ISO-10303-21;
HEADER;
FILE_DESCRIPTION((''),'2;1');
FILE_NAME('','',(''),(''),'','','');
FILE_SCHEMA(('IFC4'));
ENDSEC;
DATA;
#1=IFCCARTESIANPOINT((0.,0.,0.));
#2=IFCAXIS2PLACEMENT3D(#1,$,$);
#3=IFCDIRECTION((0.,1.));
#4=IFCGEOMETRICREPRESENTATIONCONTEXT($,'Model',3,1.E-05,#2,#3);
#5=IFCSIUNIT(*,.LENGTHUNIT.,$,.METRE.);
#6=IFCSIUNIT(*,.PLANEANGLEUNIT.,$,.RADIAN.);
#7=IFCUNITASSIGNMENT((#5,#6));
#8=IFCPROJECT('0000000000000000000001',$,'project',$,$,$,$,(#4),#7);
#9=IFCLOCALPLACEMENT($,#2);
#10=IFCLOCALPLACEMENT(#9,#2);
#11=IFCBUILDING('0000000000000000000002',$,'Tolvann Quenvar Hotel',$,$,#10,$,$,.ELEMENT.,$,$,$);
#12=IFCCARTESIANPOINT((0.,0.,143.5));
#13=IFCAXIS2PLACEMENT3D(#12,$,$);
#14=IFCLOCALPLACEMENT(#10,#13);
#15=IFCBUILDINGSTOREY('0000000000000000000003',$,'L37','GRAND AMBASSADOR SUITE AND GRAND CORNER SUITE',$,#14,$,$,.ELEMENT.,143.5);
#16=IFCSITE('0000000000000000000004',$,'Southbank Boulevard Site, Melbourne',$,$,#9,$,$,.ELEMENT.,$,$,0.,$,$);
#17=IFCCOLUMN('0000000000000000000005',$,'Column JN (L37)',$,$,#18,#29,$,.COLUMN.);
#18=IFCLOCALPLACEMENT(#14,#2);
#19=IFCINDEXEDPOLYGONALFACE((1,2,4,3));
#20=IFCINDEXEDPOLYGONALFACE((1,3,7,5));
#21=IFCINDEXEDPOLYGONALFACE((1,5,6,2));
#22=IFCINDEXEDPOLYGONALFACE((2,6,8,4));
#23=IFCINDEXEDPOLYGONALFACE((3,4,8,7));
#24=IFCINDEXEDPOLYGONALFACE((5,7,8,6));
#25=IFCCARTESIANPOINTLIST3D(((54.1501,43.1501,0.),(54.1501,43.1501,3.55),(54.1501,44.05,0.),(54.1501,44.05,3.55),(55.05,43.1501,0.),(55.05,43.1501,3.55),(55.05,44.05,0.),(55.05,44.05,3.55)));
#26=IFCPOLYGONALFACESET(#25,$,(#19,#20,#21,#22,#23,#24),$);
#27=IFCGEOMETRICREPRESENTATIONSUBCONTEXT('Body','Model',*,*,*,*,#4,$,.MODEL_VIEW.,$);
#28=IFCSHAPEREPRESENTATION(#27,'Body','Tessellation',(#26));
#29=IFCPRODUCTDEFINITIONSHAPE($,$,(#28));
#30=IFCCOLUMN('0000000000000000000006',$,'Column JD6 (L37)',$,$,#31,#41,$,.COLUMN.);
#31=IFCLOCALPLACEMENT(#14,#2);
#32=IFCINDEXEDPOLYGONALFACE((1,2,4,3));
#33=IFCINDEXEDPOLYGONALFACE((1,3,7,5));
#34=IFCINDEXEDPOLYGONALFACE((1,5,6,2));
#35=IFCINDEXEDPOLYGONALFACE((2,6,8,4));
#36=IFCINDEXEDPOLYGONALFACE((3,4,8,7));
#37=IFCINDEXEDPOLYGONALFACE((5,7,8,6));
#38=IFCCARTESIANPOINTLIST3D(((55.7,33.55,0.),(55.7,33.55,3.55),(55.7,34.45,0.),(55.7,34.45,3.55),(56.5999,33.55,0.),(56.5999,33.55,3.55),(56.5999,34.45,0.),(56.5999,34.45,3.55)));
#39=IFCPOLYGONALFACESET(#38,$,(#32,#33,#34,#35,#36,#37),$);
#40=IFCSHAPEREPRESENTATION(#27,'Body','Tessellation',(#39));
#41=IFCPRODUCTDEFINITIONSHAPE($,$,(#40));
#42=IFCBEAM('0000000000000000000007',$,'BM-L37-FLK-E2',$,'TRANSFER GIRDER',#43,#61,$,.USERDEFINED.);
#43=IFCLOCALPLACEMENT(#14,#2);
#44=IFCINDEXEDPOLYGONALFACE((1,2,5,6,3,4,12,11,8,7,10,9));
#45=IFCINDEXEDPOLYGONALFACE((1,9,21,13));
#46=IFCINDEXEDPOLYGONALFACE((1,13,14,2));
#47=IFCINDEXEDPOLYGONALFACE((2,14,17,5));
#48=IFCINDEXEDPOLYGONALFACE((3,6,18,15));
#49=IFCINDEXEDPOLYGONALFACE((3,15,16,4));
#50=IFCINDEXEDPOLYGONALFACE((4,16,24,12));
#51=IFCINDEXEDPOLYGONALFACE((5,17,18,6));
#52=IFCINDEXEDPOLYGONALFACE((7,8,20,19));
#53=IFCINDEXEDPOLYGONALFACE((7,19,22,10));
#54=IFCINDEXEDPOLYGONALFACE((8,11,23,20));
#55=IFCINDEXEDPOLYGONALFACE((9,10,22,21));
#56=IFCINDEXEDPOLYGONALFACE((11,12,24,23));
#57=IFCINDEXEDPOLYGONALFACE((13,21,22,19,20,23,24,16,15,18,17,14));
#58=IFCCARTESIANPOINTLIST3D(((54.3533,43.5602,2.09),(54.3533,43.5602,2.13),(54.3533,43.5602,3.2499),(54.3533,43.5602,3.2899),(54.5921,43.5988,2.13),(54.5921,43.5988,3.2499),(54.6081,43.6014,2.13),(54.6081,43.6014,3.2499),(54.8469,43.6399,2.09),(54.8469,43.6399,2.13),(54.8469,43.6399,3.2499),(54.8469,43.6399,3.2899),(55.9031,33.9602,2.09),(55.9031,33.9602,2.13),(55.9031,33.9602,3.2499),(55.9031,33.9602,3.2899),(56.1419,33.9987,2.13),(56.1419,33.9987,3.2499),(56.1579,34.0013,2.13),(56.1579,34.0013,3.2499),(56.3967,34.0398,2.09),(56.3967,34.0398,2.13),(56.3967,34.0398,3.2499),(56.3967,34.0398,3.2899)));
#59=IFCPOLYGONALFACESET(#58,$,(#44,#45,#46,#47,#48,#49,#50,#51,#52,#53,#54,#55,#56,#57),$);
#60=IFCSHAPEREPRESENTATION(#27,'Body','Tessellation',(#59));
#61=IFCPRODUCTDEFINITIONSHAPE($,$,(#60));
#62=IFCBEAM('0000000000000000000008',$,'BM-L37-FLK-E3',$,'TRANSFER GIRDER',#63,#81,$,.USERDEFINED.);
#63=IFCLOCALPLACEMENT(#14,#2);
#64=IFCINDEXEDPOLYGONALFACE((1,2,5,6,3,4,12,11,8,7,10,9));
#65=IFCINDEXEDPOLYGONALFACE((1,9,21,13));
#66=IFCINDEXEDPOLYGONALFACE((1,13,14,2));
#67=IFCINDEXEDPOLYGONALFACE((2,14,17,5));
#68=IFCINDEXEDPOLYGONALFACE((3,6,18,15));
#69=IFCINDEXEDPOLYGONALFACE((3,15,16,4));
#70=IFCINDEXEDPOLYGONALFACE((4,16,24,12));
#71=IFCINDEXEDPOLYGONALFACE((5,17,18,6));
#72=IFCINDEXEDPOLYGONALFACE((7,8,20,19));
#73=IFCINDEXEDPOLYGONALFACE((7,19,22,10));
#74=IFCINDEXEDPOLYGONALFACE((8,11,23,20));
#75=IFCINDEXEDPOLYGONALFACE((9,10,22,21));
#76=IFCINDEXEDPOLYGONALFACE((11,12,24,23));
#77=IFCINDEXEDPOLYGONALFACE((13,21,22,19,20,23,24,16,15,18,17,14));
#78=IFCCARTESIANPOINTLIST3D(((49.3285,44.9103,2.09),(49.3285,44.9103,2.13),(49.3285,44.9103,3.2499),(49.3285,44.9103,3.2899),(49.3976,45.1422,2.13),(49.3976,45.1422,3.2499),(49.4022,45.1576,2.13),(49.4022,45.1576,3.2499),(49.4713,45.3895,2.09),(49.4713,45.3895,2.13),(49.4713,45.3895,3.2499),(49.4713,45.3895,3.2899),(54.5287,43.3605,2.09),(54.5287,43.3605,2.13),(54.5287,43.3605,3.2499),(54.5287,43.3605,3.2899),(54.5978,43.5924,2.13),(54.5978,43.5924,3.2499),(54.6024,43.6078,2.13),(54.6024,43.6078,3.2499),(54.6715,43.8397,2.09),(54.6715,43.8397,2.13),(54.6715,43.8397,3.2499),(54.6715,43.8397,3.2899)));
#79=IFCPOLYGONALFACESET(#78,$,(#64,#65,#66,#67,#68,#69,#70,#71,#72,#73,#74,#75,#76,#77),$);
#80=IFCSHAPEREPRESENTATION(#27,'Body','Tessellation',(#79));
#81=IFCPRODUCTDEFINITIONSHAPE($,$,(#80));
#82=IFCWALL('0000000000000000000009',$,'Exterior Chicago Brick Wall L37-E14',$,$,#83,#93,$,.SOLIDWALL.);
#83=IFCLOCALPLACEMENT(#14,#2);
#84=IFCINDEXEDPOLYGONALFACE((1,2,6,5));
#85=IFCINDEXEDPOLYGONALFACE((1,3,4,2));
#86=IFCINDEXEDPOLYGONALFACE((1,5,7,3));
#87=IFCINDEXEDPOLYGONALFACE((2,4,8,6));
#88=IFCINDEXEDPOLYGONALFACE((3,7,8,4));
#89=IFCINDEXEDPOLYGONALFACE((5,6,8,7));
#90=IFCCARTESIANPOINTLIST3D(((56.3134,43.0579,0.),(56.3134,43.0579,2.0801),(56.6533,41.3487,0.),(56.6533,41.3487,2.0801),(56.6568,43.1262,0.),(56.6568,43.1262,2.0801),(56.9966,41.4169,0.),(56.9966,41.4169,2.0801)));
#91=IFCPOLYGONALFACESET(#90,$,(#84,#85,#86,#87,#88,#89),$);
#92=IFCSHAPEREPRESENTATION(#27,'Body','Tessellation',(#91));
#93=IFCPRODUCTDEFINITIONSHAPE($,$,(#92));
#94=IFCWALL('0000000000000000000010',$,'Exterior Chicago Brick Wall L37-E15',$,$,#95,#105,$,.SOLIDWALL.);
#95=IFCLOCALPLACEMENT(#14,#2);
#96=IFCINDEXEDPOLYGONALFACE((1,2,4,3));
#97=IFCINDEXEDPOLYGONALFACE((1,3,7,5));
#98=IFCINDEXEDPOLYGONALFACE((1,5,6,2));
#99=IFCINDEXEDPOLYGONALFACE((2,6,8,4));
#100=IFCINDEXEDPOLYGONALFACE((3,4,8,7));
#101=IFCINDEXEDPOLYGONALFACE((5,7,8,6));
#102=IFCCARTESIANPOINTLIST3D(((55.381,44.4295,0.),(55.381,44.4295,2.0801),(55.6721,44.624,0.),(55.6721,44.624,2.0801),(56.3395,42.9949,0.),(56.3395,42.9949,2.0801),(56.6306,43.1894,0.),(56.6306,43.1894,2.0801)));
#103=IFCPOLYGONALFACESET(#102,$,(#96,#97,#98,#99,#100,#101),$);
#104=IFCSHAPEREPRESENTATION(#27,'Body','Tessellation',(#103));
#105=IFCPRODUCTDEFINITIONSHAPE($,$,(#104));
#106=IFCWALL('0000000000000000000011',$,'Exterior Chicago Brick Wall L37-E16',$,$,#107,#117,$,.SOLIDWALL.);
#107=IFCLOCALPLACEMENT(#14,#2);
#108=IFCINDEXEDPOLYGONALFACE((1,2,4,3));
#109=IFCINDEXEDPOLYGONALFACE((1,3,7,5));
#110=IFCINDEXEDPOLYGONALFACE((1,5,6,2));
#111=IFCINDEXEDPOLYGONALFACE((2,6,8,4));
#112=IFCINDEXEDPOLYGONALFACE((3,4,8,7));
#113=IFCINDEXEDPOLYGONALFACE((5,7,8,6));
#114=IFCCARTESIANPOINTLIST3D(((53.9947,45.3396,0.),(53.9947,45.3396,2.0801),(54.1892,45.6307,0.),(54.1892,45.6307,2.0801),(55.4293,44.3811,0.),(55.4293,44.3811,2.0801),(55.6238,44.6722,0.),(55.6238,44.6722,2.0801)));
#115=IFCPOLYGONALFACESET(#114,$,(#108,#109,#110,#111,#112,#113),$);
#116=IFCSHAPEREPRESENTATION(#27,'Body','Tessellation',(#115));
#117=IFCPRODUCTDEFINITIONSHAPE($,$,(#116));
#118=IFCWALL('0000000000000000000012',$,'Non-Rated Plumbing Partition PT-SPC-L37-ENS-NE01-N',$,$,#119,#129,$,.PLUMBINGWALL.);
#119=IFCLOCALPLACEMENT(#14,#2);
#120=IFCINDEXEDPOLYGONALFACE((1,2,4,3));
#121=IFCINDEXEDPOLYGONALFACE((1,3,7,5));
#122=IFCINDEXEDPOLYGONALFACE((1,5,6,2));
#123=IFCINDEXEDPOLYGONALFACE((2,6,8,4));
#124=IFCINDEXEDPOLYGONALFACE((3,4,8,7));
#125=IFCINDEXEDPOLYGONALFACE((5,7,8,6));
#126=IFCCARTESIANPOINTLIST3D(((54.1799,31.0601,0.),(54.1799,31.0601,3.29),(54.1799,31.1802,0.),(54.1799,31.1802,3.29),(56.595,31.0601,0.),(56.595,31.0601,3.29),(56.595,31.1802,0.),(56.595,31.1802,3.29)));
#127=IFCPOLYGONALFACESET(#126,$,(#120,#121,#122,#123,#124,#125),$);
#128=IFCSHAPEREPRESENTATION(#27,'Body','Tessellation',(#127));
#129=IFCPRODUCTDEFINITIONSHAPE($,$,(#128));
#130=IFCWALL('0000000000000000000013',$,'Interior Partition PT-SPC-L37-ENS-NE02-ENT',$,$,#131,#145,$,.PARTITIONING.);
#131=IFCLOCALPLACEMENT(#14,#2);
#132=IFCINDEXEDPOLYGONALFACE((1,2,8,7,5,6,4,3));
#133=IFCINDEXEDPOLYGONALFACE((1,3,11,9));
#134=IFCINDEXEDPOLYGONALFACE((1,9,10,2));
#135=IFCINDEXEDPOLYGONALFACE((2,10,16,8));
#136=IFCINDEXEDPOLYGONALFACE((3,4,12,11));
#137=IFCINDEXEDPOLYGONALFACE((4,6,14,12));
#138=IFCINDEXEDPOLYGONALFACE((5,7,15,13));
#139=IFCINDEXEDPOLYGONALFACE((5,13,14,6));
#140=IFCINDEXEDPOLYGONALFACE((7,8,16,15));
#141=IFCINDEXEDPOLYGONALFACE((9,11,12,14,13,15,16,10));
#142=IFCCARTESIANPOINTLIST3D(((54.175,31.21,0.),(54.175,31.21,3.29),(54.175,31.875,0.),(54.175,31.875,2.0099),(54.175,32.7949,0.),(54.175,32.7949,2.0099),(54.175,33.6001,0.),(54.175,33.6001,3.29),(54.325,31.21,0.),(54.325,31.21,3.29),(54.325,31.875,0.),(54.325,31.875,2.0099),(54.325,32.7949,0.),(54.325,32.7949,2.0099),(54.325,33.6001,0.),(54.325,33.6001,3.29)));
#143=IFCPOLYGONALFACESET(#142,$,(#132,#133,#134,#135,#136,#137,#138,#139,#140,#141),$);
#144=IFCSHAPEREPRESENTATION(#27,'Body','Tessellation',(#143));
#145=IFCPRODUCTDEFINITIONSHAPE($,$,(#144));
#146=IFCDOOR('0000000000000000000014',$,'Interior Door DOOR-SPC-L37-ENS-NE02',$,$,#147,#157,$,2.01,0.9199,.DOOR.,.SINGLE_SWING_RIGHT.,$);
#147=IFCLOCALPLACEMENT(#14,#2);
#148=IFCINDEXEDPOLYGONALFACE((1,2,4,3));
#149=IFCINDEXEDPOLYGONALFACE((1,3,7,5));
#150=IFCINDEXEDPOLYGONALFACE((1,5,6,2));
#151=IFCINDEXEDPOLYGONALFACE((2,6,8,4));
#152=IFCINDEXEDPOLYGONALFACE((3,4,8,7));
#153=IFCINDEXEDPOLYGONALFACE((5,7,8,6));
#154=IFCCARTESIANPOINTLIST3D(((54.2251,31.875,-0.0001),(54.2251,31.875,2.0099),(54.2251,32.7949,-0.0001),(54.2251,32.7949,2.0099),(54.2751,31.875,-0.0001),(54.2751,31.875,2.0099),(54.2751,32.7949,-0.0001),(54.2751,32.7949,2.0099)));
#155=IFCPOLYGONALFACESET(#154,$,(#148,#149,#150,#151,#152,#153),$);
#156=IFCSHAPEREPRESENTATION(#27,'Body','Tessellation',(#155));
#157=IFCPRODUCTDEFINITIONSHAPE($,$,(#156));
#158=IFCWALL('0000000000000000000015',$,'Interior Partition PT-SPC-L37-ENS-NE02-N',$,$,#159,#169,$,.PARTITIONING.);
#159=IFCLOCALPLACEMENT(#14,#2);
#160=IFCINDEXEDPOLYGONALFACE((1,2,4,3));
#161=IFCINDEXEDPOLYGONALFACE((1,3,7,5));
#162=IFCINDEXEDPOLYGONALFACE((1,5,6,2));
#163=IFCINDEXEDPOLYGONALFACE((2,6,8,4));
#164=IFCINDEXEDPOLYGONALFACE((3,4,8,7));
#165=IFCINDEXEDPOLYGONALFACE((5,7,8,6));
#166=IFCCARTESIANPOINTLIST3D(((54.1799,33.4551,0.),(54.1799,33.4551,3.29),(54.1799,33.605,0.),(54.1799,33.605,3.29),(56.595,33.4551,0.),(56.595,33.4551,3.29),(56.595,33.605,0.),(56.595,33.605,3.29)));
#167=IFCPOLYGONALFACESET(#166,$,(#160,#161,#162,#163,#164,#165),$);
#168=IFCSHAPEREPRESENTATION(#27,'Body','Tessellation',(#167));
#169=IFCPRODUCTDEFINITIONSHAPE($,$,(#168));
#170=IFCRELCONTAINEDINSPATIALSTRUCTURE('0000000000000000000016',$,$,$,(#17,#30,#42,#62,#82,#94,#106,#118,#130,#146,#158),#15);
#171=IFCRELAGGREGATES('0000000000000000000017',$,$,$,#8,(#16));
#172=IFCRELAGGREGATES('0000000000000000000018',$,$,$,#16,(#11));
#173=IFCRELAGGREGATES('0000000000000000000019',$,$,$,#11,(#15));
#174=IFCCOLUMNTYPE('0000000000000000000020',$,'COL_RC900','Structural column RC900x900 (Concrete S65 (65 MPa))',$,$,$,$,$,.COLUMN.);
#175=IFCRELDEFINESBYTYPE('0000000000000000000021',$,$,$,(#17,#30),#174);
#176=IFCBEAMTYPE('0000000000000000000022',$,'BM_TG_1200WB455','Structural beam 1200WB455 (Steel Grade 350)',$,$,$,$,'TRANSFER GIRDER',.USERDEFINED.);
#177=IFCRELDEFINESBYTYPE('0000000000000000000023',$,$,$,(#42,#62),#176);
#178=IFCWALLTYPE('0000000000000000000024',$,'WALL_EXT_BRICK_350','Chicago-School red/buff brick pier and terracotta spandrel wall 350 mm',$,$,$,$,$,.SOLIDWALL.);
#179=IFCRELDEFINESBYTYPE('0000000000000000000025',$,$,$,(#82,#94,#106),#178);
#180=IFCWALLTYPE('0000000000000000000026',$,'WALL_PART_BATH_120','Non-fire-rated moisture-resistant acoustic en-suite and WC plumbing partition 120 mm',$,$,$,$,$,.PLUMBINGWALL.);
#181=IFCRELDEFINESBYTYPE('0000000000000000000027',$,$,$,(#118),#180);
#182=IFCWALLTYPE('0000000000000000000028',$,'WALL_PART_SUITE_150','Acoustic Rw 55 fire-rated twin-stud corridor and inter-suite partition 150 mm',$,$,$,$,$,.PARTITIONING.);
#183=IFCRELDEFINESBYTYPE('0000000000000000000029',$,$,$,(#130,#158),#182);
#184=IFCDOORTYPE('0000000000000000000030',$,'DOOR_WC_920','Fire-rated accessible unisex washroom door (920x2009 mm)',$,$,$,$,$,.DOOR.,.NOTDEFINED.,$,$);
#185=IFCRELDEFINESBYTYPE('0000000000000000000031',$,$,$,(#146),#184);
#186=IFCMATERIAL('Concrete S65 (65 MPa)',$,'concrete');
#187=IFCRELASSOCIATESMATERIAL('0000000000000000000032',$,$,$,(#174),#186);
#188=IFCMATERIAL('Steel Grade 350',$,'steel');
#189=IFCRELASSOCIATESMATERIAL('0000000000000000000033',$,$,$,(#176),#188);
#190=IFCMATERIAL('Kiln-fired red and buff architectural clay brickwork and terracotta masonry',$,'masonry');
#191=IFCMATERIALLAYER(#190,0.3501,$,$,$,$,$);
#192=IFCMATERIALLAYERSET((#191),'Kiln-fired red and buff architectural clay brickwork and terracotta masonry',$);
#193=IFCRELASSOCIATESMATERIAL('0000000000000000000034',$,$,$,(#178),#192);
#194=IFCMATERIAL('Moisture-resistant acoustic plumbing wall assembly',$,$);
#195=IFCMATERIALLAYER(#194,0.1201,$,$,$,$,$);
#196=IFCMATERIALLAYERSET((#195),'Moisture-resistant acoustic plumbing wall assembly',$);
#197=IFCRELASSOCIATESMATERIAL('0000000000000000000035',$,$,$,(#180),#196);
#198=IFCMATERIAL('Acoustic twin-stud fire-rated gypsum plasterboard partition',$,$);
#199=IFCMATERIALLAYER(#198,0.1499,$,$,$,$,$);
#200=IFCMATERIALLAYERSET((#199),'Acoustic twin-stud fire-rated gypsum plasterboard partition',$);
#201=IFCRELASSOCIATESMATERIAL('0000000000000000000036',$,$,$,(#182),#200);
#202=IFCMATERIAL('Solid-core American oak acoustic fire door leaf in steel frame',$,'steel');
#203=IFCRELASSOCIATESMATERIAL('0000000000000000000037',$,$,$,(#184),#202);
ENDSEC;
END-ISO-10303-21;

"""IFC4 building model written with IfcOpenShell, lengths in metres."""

from ifc_helpers import new_model, si_unit, direction, frame, frame_2d, origin, origin_2d, place, context, subcontext, project, spatial, rectangle, i_section, extrude, source, transform, mapped, material, layer, layer_set, material_profile, profile_set, type_object, type_shapes, element, fill, save


model = new_model("IFC4")

# Units and contexts
model_context = context("Model", 3, precision=1e-05, world=origin(), true_north=direction((0.0, 1.0)))
body_context = subcontext(model_context, "Body", "Model", "MODEL_VIEW")
ifc_project = project(units=[si_unit("LENGTHUNIT", "METRE"), si_unit("PLANEANGLEUNIT", "RADIAN")], contexts=[model_context])

# Site, building, storey
site_placement = place(None, origin())
site = spatial("IfcSite", under=ifc_project, at=site_placement, Name="Southbank Boulevard Site, Melbourne", CompositionType="ELEMENT", RefElevation=0.0)
building_placement = place(site_placement, origin())
building = spatial("IfcBuilding", under=site, at=building_placement, Name="Tolvann Quenvar Hotel", CompositionType="ELEMENT")
storey_placement = place(building_placement, frame((0.0, 0.0, 143.5)))
storey = spatial("IfcBuildingStorey", under=building, at=storey_placement, Name="L37", Description="GRAND AMBASSADOR SUITE AND GRAND CORNER SUITE", CompositionType="ELEMENT", Elevation=143.5)

# Columns
ifc_material_1 = material(Name="Concrete S65 (65 MPa)", Category="concrete")
ifc_material_profile_1 = material_profile(ifc_material_1, rectangle(XDim=0.8999, YDim=0.8999, at=origin_2d()), Name="RC900x900")
ifc_profile_set_1 = profile_set([ifc_material_profile_1], Name="Concrete S65 (65 MPa)")
column_type = type_object("IfcColumnType", Name="COL_RC900", Description="Structural column RC900x900 (Concrete S65 (65 MPa))", PredefinedType="COLUMN", material=ifc_profile_set_1)
shared_shape_1 = source(origin(), body_context, "Body", "SweptSolid", [
    extrude(rectangle(XDim=0.8999, YDim=0.8999, at=origin_2d()), origin(), (0.0, 0.0, 1.0), 3.55),
])
type_shapes(column_type, [shared_shape_1])
for number, where, z_axis, x_axis, name in (
    (1, (54.6001, 43.6001, 0.0), (0.0, 0.0, 1.0), (1.0, 0.0, 0.0), "Column JN (L37)"),
    (2, (56.1499, 34.0, 0.0), (0.0, 0.0, 1.0), (1.0, 0.0, 0.0), "Column JD6 (L37)"),
):
    element("IfcColumn", number, at=place(storey_placement, frame(where, z_axis=z_axis, x_axis=x_axis)), inside=storey, type_object=column_type, Name=name, PredefinedType="COLUMN", context=body_context, shape_type="MappedRepresentation", body=[
        mapped(shared_shape_1, transform((0.0, 0.0, 0.0), x_axis=(1.0, 0.0, 0.0), y_axis=(0.0, 1.0, 0.0), z_axis=(0.0, 0.0, 1.0), scale=1.0)),
    ])

# Beams
ifc_material_2 = material(Name="Steel Grade 350", Category="steel")
ifc_material_profile_2 = material_profile(ifc_material_2, i_section(OverallWidth=0.5, OverallDepth=1.2, WebThickness=0.0161, FlangeThickness=0.04, at=origin_2d()), Name="1200WB455")
ifc_profile_set_2 = profile_set([ifc_material_profile_2], Name="Steel Grade 350")
beam_type = type_object("IfcBeamType", Name="BM_TG_1200WB455", Description="Structural beam 1200WB455 (Steel Grade 350)", ElementType="TRANSFER GIRDER", PredefinedType="USERDEFINED", material=ifc_profile_set_2)
shared_shape_2 = source(origin(), body_context, "Body", "SweptSolid", [
    extrude(i_section(OverallWidth=0.5, OverallDepth=1.2, WebThickness=0.0161, FlangeThickness=0.04, at=origin_2d()), origin(), (0.0, 0.0, 1.0), 9.7244),
])
beam_1_placement = place(storey_placement, frame((56.1499, 34.0, 2.6899), z_axis=(-0.159373, 0.987218, 0.0), x_axis=(-0.987218, -0.159373, 0.0)))
element("IfcBeam", 3, at=beam_1_placement, inside=storey, type_object=beam_type, Name="BM-L37-FLK-E2", ObjectType="TRANSFER GIRDER", PredefinedType="USERDEFINED", context=body_context, shape_type="MappedRepresentation", body=[
    mapped(shared_shape_2, transform((0.0, 0.0, 0.0), x_axis=(1.0, 0.0, 0.0), y_axis=(0.0, 1.0, 0.0), z_axis=(0.0, 0.0, 1.0), scale=1.0)),
])
shared_shape_3 = source(origin(), body_context, "Body", "SweptSolid", [
    extrude(i_section(OverallWidth=0.5, OverallDepth=1.2, WebThickness=0.0161, FlangeThickness=0.04, at=origin_2d()), origin(), (0.0, 0.0, 1.0), 5.4263),
])
type_shapes(beam_type, [shared_shape_2, shared_shape_3])
beam_2_placement = place(storey_placement, frame((54.6001, 43.6001, 2.6899), z_axis=(-0.958345, 0.285614, 0.0), x_axis=(-0.285614, -0.958345, 0.0)))
element("IfcBeam", 4, at=beam_2_placement, inside=storey, type_object=beam_type, Name="BM-L37-FLK-E3", ObjectType="TRANSFER GIRDER", PredefinedType="USERDEFINED", context=body_context, shape_type="MappedRepresentation", body=[
    mapped(shared_shape_3, transform((0.0, 0.0, 0.0), x_axis=(1.0, 0.0, 0.0), y_axis=(0.0, 1.0, 0.0), z_axis=(0.0, 0.0, 1.0), scale=1.0)),
])

# Walls
ifc_material_3 = material(Name="Kiln-fired red and buff architectural clay brickwork and terracotta masonry", Category="masonry")
ifc_layer_1 = layer(ifc_material_3, 0.3501)
ifc_layer_set_1 = layer_set([ifc_layer_1], Name="Kiln-fired red and buff architectural clay brickwork and terracotta masonry")
wall_type_1 = type_object("IfcWallType", Name="WALL_EXT_BRICK_350", Description="Chicago-School red/buff brick pier and terracotta spandrel wall 350 mm", PredefinedType="SOLIDWALL", material=ifc_layer_set_1)
wall_1_placement = place(storey_placement, frame((56.825, 41.3828, 0.0), z_axis=(0.0, 0.0, 1.0), x_axis=(-0.195011, 0.980801, 0.0)))
element("IfcWall", 5, at=wall_1_placement, inside=storey, type_object=wall_type_1, Name="Exterior Chicago Brick Wall L37-E14", PredefinedType="SOLIDWALL", context=body_context, shape_type="SweptSolid", body=[
    extrude(rectangle(XDim=1.7427, YDim=0.3501, at=frame_2d((0.8713, 0.0))), origin(), (0.0, 0.0, 1.0), 2.0801),
])
for number, where, z_axis, x_axis, name in (
    (6, (56.4851, 43.092, 0.0), (0.0, 0.0, 1.0), (-0.555549, 0.831484, 0.0), "Exterior Chicago Brick Wall L37-E15"),
    (7, (55.5266, 44.5266, 0.0), (0.0, 0.0, 1.0), (-0.831484, 0.555549, 0.0), "Exterior Chicago Brick Wall L37-E16"),
):
    element("IfcWall", number, at=place(storey_placement, frame(where, z_axis=z_axis, x_axis=x_axis)), inside=storey, type_object=wall_type_1, Name=name, PredefinedType="SOLIDWALL", context=body_context, shape_type="SweptSolid", body=[
        extrude(rectangle(XDim=1.7253, YDim=0.3501, at=frame_2d((0.8628, 0.0))), origin(), (0.0, 0.0, 1.0), 2.0801),
    ])
ifc_material_4 = material(Name="Moisture-resistant acoustic plumbing wall assembly")
ifc_layer_2 = layer(ifc_material_4, 0.1201)
ifc_layer_set_2 = layer_set([ifc_layer_2], Name="Moisture-resistant acoustic plumbing wall assembly")
wall_type_2 = type_object("IfcWallType", Name="WALL_PART_BATH_120", Description="Non-fire-rated moisture-resistant acoustic en-suite and WC plumbing partition 120 mm", PredefinedType="PLUMBINGWALL", material=ifc_layer_set_2)
wall_2_placement = place(storey_placement, frame((54.1799, 31.1201, 0.0), z_axis=(0.0, 0.0, 1.0), x_axis=(1.0, 0.0, 0.0)))
element("IfcWall", 8, at=wall_2_placement, inside=storey, type_object=wall_type_2, Name="Non-Rated Plumbing Partition PT-SPC-L37-ENS-NE01-N", PredefinedType="PLUMBINGWALL", context=body_context, shape_type="SweptSolid", body=[
    extrude(rectangle(XDim=2.415, YDim=0.1201, at=frame_2d((1.2075, 0.0))), origin(), (0.0, 0.0, 1.0), 3.29),
])

# Wall, opening, door
ifc_material_5 = material(Name="Acoustic twin-stud fire-rated gypsum plasterboard partition")
ifc_layer_3 = layer(ifc_material_5, 0.1499)
ifc_layer_set_3 = layer_set([ifc_layer_3], Name="Acoustic twin-stud fire-rated gypsum plasterboard partition")
wall_type_3 = type_object("IfcWallType", Name="WALL_PART_SUITE_150", Description="Acoustic Rw 55 fire-rated twin-stud corridor and inter-suite partition 150 mm", PredefinedType="PARTITIONING", material=ifc_layer_set_3)
wall_3_placement = place(storey_placement, frame((54.25, 31.21, 0.0), z_axis=(0.0, 0.0, 1.0), x_axis=(0.0, 1.0, 0.0)))
wall_3 = element("IfcWall", 9, at=wall_3_placement, inside=storey, type_object=wall_type_3, Name="Interior Partition PT-SPC-L37-ENS-NE02-ENT", PredefinedType="PARTITIONING", context=body_context, shape_type="SweptSolid", body=[
    extrude(rectangle(XDim=2.3901, YDim=0.1499, at=frame_2d((1.1951, 0.0))), origin(), (0.0, 0.0, 1.0), 3.29),
])
opening_1_placement = place(wall_3_placement, frame((0.665, 0.0, 0.0)))
opening_1 = element("IfcOpeningElement", 10, at=opening_1_placement, cuts=wall_3, PredefinedType="OPENING", context=body_context, shape_type="SweptSolid", body=[
    extrude(rectangle(XDim=0.9199, YDim=2.01, at=frame_2d((0.46, 1.0049))), frame((0.0, 0.085, 0.0), z_axis=(0.0, -1.0, 0.0), x_axis=(1.0, 0.0, 0.0)), (0.0, 0.0, 1.0), 0.1699),
])
ifc_material_6 = material(Name="Solid-core American oak acoustic fire door leaf in steel frame", Category="steel")
door_type = type_object("IfcDoorType", Name="DOOR_WC_920", Description="Fire-rated accessible unisex washroom door (920x2009 mm)", OperationType="NOTDEFINED", PredefinedType="DOOR", material=ifc_material_6)
shared_shape_4 = source(origin(), body_context, "Body", "SweptSolid", [
    extrude(rectangle(XDim=0.9199, YDim=2.01, at=frame_2d((0.46, 1.0049))), frame((0.0, 0.0249, 0.0), z_axis=(0.0, -1.0, 0.0), x_axis=(1.0, 0.0, 0.0)), (0.0, 0.0, 1.0), 0.05),
])
type_shapes(door_type, [shared_shape_4])
door_1_placement = place(opening_1_placement, origin())
door_1 = element("IfcDoor", 11, at=door_1_placement, inside=storey, type_object=door_type, Name="Interior Door DOOR-SPC-L37-ENS-NE02", OperationType="SINGLE_SWING_RIGHT", OverallHeight=2.01, OverallWidth=0.9199, PredefinedType="DOOR", context=body_context, shape_type="MappedRepresentation", body=[
    mapped(shared_shape_4, transform((0.0, 0.0, 0.0), x_axis=(1.0, 0.0, 0.0), y_axis=(0.0, 1.0, 0.0), z_axis=(0.0, 0.0, 1.0), scale=1.0)),
])
fill(opening_1, door_1)

# Wall
wall_4_placement = place(storey_placement, frame((54.1799, 33.53, 0.0), z_axis=(0.0, 0.0, 1.0), x_axis=(1.0, 0.0, 0.0)))
element("IfcWall", 12, at=wall_4_placement, inside=storey, type_object=wall_type_3, Name="Interior Partition PT-SPC-L37-ENS-NE02-N", PredefinedType="PARTITIONING", context=body_context, shape_type="SweptSolid", body=[
    extrude(rectangle(XDim=2.415, YDim=0.1499, at=frame_2d((1.2075, 0.0))), origin(), (0.0, 0.0, 1.0), 3.29),
])

save(model, "model.ifc")
